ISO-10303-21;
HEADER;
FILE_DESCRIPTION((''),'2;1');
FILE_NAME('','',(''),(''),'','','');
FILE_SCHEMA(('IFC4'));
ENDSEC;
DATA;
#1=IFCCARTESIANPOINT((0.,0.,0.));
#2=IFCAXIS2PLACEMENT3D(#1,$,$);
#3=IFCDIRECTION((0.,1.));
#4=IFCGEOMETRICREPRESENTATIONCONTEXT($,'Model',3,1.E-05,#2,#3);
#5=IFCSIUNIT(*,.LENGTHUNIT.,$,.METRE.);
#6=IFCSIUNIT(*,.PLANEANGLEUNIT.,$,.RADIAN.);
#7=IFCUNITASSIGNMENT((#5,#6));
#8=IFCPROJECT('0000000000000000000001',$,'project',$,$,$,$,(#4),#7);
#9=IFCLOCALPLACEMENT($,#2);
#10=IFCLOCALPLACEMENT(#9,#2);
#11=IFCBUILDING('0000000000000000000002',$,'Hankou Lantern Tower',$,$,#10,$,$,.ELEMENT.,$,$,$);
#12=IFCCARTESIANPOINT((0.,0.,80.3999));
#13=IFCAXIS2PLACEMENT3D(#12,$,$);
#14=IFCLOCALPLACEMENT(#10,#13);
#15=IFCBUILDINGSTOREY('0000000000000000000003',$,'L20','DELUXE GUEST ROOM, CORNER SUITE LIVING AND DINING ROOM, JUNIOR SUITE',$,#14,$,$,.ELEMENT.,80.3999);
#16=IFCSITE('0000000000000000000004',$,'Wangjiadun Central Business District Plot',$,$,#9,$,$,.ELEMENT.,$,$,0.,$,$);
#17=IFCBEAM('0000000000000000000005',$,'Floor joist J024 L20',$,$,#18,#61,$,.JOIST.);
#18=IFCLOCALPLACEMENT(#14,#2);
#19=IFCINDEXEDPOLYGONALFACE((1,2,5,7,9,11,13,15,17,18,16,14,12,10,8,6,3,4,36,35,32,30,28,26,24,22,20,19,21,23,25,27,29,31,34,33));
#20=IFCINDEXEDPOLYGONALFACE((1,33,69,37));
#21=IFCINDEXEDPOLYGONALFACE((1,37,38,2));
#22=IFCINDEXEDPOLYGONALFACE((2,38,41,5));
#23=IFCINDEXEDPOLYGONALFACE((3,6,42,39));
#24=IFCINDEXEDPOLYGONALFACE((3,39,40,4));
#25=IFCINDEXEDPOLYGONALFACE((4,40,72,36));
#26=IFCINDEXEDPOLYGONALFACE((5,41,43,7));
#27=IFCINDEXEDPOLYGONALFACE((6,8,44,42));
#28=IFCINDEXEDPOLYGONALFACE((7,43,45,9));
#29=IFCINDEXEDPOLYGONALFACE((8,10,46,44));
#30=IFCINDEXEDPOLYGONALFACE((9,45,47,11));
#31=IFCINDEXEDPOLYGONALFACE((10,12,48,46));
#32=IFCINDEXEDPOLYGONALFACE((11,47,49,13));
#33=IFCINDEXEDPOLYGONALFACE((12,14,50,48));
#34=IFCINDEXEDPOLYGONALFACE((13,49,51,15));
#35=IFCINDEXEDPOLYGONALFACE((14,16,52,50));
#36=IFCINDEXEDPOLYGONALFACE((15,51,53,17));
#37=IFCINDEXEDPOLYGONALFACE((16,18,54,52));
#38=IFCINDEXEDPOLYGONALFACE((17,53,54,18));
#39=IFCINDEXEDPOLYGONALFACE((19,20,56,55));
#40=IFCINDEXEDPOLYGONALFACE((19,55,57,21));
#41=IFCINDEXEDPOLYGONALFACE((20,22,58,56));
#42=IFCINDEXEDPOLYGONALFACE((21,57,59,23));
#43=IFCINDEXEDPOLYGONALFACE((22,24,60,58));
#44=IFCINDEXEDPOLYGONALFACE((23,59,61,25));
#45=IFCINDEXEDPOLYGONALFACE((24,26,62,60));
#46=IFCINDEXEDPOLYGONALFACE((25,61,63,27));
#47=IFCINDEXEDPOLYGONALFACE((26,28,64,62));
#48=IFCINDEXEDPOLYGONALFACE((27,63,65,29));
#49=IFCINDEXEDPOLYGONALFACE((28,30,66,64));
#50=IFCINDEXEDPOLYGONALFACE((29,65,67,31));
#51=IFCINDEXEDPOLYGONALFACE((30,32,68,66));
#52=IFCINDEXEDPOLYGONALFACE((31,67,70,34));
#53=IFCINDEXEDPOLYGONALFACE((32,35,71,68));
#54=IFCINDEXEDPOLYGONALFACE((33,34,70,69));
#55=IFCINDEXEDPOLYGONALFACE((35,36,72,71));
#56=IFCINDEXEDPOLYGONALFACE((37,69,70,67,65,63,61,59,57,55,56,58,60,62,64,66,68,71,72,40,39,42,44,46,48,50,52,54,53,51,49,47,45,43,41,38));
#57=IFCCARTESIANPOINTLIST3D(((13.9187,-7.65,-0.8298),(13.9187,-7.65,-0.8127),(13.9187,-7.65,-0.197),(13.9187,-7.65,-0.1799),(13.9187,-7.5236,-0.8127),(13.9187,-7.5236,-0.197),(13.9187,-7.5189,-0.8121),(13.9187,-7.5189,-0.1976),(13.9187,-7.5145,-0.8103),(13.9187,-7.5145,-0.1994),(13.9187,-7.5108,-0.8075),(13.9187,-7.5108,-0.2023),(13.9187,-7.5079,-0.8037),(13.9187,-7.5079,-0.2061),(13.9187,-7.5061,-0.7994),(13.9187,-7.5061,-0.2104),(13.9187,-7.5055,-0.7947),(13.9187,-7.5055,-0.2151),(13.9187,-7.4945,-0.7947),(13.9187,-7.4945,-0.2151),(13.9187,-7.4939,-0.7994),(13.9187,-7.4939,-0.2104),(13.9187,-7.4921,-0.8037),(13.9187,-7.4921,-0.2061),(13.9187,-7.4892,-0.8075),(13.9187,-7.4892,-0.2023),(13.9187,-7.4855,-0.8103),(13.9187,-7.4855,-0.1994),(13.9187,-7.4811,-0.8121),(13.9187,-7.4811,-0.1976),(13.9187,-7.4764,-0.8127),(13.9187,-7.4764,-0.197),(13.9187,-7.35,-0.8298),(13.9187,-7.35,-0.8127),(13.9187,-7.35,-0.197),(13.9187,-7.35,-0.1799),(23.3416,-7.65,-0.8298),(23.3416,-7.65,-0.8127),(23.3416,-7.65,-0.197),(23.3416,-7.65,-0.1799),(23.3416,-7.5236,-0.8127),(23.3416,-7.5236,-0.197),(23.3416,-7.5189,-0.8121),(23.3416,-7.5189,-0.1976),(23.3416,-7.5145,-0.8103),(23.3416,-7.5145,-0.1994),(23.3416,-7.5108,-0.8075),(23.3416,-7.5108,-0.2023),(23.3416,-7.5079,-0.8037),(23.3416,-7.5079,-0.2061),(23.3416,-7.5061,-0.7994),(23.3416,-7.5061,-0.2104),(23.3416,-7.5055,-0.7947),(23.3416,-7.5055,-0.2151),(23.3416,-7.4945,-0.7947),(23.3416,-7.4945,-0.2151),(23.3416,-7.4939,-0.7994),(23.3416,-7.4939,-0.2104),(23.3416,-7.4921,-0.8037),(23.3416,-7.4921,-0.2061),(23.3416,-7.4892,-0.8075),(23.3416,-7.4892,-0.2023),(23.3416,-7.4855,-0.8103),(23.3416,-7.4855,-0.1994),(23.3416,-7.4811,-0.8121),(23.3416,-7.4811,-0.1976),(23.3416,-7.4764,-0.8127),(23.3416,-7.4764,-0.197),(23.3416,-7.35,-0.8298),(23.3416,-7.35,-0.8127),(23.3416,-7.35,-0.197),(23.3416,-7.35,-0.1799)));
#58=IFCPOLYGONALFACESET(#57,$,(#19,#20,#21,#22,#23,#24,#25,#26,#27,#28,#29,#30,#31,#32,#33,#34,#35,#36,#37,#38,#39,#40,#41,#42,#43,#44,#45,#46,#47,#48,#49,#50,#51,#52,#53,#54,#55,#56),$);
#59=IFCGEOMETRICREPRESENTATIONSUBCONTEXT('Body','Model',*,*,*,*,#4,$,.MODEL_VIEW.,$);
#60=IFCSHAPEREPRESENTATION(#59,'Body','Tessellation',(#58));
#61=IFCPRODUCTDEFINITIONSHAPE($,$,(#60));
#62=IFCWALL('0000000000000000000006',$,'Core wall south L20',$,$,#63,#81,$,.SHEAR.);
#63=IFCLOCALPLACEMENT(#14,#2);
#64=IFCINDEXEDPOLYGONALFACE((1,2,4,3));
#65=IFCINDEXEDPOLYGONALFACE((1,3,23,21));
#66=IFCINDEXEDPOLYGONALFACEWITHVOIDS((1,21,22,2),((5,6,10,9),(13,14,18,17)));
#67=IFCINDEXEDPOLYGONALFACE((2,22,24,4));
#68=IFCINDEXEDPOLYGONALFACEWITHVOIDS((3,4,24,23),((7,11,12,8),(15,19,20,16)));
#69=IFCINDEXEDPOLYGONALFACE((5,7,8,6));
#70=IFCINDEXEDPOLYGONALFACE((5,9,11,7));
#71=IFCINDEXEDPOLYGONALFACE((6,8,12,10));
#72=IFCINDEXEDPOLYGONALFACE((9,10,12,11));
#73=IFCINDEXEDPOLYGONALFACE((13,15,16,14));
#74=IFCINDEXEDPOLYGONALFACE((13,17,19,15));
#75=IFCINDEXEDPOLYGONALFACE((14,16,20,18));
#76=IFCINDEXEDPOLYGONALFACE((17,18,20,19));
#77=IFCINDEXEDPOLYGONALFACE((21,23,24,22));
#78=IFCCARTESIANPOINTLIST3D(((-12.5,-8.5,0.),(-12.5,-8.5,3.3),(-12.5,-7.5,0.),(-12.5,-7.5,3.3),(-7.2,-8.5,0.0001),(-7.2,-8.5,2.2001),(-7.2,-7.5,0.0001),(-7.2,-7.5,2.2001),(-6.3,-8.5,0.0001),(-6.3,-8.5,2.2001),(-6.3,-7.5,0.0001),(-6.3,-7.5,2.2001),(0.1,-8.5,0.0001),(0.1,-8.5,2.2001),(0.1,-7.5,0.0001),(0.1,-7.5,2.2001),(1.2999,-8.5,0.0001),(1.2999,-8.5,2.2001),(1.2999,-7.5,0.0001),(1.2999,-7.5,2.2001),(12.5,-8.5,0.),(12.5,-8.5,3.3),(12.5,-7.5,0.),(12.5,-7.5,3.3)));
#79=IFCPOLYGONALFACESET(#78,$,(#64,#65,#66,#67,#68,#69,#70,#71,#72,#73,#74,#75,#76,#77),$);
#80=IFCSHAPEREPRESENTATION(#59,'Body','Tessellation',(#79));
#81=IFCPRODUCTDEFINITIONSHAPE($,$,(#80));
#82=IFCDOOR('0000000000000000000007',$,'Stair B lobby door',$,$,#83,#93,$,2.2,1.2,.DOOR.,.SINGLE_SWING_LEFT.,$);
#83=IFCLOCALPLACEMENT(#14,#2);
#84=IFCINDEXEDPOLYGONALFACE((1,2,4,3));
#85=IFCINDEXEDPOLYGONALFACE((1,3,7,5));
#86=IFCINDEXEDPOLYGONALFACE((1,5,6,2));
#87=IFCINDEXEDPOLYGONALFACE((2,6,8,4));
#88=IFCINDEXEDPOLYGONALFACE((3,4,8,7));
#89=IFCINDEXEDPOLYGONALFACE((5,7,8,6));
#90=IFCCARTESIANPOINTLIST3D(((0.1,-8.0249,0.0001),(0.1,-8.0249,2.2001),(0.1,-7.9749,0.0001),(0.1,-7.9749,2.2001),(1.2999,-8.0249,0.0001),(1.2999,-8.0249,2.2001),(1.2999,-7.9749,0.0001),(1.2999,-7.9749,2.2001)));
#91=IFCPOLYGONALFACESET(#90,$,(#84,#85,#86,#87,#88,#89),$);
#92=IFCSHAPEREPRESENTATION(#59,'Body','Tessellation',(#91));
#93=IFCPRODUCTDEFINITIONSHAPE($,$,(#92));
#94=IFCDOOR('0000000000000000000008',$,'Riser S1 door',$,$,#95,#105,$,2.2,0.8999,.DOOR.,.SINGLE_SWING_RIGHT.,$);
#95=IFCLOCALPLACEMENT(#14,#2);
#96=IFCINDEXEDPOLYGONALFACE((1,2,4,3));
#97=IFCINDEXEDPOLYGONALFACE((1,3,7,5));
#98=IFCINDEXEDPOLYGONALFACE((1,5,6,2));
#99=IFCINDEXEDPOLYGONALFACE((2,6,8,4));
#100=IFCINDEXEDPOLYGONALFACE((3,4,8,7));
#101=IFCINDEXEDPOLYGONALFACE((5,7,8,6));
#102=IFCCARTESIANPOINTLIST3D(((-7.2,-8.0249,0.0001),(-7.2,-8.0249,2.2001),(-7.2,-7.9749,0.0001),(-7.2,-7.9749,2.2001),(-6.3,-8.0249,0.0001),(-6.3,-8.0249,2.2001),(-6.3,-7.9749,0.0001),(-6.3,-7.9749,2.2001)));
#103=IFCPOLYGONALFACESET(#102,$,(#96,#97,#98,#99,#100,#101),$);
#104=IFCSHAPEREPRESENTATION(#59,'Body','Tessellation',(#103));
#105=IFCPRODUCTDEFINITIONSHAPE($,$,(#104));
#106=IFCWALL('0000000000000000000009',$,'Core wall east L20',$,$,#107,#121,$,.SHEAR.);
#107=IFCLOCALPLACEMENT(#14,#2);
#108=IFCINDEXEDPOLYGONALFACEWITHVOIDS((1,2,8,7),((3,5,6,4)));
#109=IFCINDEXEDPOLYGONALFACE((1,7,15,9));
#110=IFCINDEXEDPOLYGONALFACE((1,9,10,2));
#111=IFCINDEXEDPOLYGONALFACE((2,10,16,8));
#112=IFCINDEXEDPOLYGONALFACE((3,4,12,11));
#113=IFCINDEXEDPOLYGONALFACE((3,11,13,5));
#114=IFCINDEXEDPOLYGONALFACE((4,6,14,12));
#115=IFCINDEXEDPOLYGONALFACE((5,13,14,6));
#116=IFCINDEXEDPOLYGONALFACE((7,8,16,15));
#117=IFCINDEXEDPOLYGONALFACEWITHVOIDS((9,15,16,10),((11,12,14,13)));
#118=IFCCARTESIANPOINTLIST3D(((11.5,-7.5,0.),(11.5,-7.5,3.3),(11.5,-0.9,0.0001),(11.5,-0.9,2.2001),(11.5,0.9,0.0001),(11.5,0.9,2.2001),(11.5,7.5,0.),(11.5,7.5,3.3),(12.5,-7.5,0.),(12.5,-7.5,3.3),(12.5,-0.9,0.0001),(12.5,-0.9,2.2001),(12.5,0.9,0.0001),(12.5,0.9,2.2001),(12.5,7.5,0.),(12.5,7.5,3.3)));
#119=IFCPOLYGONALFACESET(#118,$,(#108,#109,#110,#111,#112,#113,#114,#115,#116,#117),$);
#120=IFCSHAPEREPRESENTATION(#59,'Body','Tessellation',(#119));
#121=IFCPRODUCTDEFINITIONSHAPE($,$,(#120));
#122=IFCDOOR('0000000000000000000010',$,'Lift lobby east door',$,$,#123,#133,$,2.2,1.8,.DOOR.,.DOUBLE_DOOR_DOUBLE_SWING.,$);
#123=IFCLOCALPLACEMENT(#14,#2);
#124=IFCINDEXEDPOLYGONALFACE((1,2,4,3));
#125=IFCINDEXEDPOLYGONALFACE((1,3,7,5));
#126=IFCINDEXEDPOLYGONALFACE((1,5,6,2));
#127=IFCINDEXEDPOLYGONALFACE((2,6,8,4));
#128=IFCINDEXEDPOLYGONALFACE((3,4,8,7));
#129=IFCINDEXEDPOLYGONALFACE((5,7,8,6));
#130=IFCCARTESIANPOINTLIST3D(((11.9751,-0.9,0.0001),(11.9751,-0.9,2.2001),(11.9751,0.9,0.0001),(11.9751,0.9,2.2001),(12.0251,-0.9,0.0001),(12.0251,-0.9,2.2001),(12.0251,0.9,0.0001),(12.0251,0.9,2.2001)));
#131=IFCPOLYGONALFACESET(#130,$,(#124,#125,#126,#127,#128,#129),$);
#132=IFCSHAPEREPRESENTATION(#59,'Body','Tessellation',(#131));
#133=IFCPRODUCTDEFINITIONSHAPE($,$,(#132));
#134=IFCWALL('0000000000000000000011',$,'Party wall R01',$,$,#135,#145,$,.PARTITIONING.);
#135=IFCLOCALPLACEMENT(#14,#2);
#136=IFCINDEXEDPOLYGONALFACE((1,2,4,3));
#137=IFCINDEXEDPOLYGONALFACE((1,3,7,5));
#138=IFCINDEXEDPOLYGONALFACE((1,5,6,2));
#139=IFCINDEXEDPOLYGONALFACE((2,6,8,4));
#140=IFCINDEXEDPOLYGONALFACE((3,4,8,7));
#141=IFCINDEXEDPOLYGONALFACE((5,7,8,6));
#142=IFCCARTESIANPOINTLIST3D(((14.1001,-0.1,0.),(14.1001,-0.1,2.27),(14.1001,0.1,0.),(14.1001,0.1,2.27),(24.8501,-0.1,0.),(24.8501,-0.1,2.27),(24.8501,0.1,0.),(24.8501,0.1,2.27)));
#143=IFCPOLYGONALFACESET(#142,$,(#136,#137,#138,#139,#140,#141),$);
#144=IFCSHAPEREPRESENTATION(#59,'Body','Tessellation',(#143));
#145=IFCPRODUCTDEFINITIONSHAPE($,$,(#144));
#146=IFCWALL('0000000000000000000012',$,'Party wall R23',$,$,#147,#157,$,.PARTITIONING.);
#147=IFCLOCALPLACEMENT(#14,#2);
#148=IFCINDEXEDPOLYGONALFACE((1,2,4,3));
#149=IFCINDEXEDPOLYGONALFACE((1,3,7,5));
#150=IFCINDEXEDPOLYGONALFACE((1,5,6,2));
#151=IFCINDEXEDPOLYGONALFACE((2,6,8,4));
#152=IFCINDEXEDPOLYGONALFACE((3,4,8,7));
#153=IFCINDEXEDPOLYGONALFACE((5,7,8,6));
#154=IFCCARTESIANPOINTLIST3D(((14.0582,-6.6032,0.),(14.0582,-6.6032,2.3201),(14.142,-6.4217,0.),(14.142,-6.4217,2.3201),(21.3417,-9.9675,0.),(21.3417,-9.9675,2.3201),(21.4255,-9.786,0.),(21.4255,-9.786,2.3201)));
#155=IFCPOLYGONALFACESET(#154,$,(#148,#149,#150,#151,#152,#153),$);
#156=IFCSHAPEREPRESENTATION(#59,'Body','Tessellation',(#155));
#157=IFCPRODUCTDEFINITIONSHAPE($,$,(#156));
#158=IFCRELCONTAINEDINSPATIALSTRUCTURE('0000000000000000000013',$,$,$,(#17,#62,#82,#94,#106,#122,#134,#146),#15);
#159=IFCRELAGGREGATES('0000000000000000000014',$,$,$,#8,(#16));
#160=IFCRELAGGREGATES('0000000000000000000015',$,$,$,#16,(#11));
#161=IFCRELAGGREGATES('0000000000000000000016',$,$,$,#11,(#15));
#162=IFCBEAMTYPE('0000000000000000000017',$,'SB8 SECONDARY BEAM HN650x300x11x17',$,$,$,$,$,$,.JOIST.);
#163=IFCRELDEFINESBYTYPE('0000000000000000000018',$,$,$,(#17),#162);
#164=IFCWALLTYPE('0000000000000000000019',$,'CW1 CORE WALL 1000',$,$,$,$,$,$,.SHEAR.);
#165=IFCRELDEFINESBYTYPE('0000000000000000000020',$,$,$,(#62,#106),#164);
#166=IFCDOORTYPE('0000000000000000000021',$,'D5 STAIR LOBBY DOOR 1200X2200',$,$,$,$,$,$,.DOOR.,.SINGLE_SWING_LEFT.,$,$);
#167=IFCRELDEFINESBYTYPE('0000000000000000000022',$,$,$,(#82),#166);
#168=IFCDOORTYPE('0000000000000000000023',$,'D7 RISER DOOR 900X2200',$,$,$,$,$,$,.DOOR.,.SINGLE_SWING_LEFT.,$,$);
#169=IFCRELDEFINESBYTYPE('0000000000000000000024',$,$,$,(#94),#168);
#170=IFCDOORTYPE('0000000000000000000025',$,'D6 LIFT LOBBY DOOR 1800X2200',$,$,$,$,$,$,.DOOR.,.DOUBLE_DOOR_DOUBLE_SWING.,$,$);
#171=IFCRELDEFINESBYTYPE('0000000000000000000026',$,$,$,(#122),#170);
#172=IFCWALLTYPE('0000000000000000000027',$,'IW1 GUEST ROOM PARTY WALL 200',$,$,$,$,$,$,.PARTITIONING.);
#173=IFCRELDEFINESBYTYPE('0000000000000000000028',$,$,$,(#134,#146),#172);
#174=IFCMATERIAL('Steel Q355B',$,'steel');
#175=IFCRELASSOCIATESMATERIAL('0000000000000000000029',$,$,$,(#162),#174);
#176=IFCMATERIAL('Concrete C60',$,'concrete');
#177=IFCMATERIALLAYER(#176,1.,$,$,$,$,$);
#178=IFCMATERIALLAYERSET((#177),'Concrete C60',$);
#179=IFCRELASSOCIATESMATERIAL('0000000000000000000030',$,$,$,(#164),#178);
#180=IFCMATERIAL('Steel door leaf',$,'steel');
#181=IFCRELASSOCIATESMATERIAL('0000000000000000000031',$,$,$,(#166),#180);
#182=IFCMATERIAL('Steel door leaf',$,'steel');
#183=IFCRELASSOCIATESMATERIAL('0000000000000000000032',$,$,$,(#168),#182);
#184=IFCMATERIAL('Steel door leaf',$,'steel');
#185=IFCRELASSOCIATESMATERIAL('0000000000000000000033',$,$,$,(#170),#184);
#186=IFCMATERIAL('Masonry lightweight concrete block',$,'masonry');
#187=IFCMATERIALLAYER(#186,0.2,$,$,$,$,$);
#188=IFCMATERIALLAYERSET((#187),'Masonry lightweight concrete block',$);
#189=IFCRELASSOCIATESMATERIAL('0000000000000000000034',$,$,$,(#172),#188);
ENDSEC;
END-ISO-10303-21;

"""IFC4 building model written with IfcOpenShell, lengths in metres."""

from ifc_helpers import new_model, si_unit, direction, frame, frame_2d, origin, origin_2d, place, context, subcontext, project, spatial, rectangle, i_section, extrude, material, layer, layer_set, material_profile, profile_set, type_object, element, fill, save


model = new_model("IFC4")

# Units and contexts
model_context = context("Model", 3, precision=1e-05, world=origin(), true_north=direction((0.0, 1.0)))
body_context = subcontext(model_context, "Body", "Model", "MODEL_VIEW")
ifc_project = project(units=[si_unit("LENGTHUNIT", "METRE"), si_unit("PLANEANGLEUNIT", "RADIAN")], contexts=[model_context])

# Site, building, storey
site_placement = place(None, origin())
site = spatial("IfcSite", under=ifc_project, at=site_placement, Name="Wangjiadun Central Business District Plot", CompositionType="ELEMENT", RefElevation=0.0)
building_placement = place(site_placement, origin())
building = spatial("IfcBuilding", under=site, at=building_placement, Name="Hankou Lantern Tower", CompositionType="ELEMENT")
storey_placement = place(building_placement, frame((0.0, 0.0, 80.3999)))
storey = spatial("IfcBuildingStorey", under=building, at=storey_placement, Name="L20", Description="DELUXE GUEST ROOM, CORNER SUITE LIVING AND DINING ROOM, JUNIOR SUITE", CompositionType="ELEMENT", Elevation=80.3999)

# Beam
ifc_material_1 = material(Name="Steel Q355B", Category="steel")
ifc_material_profile_1 = material_profile(ifc_material_1, i_section(OverallWidth=0.3, OverallDepth=0.6499, WebThickness=0.011, FlangeThickness=0.0171, FilletRadius=0.0181, at=origin_2d()), Name="HN650x300x11x17")
ifc_profile_set_1 = profile_set([ifc_material_profile_1], Name="Steel Q355B")
beam_type_1 = type_object("IfcBeamType", Name="SB8 SECONDARY BEAM HN650x300x11x17", PredefinedType="JOIST", material=ifc_profile_set_1)
beam_1_placement = place(storey_placement, frame((13.9187, -7.5, -0.5049), z_axis=(1.0, 0.0, 0.0), x_axis=(0.0, 1.0, 0.0)))
element("IfcBeam", 1, at=beam_1_placement, inside=storey, type_object=beam_type_1, Name="Floor joist J024 L20", PredefinedType="JOIST", context=body_context, shape_type="SweptSolid", body=[
    extrude(i_section(OverallWidth=0.3, OverallDepth=0.6499, WebThickness=0.011, FlangeThickness=0.0171, FilletRadius=0.0181, at=origin_2d()), origin(), (0.0, 0.0, 1.0), 9.4229),
])

# Wall, openings, doors
ifc_material_2 = material(Name="Concrete C60", Category="concrete")
ifc_layer_1 = layer(ifc_material_2, 1.0)
ifc_layer_set_1 = layer_set([ifc_layer_1], Name="Concrete C60")
wall_type_1 = type_object("IfcWallType", Name="CW1 CORE WALL 1000", PredefinedType="SHEAR", material=ifc_layer_set_1)
wall_1_placement = place(storey_placement, frame((12.5, -8.0, 0.0), z_axis=(0.0, 0.0, 1.0), x_axis=(-1.0, 0.0, 0.0)))
wall_1 = element("IfcWall", 2, at=wall_1_placement, inside=storey, type_object=wall_type_1, Name="Core wall south L20", PredefinedType="SHEAR", context=body_context, shape_type="SweptSolid", body=[
    extrude(rectangle(XDim=25.0, YDim=1.0, at=frame_2d((12.5, 0.0))), origin(), (0.0, 0.0, 1.0), 3.3),
])
opening_1_placement = place(wall_1_placement, frame((11.2, 0.0, 0.0)))
opening_1 = element("IfcOpeningElement", 3, at=opening_1_placement, cuts=wall_1, PredefinedType="OPENING", context=body_context, shape_type="SweptSolid", body=[
    extrude(rectangle(XDim=1.2, YDim=2.2, at=frame_2d((0.6001, 1.1001))), frame((0.0, 0.51, 0.0), z_axis=(0.0, -1.0, 0.0), x_axis=(1.0, 0.0, 0.0)), (0.0, 0.0, 1.0), 1.02),
])
opening_2_placement = place(wall_1_placement, frame((18.8, 0.0, 0.0)))
opening_2 = element("IfcOpeningElement", 4, at=opening_2_placement, cuts=wall_1, PredefinedType="OPENING", context=body_context, shape_type="SweptSolid", body=[
    extrude(rectangle(XDim=0.8999, YDim=2.2, at=frame_2d((0.45, 1.1001))), frame((0.0, 0.51, 0.0), z_axis=(0.0, -1.0, 0.0), x_axis=(1.0, 0.0, 0.0)), (0.0, 0.0, 1.0), 1.02),
])
ifc_material_3 = material(Name="Steel door leaf", Category="steel")
door_type_1 = type_object("IfcDoorType", Name="D5 STAIR LOBBY DOOR 1200X2200", OperationType="SINGLE_SWING_LEFT", PredefinedType="DOOR", material=ifc_material_3)
door_1_placement = place(opening_1_placement, origin())
door_1 = element("IfcDoor", 5, at=door_1_placement, inside=storey, type_object=door_type_1, Name="Stair B lobby door", OperationType="SINGLE_SWING_LEFT", OverallHeight=2.2, OverallWidth=1.2, PredefinedType="DOOR", context=body_context, shape_type="SweptSolid", body=[
    extrude(rectangle(XDim=1.2, YDim=2.2, at=frame_2d((0.6001, 1.1001))), frame((0.0, 0.0249, 0.0), z_axis=(0.0, -1.0, 0.0), x_axis=(1.0, 0.0, 0.0)), (0.0, 0.0, 1.0), 0.05),
])
fill(opening_1, door_1)
ifc_material_4 = material(Name="Steel door leaf", Category="steel")
door_type_2 = type_object("IfcDoorType", Name="D7 RISER DOOR 900X2200", OperationType="SINGLE_SWING_LEFT", PredefinedType="DOOR", material=ifc_material_4)
door_2_placement = place(opening_2_placement, origin())
door_2 = element("IfcDoor", 6, at=door_2_placement, inside=storey, type_object=door_type_2, Name="Riser S1 door", OperationType="SINGLE_SWING_RIGHT", OverallHeight=2.2, OverallWidth=0.8999, PredefinedType="DOOR", context=body_context, shape_type="SweptSolid", body=[
    extrude(rectangle(XDim=0.8999, YDim=2.2, at=frame_2d((0.45, 1.1001))), frame((0.0, 0.0249, 0.0), z_axis=(0.0, -1.0, 0.0), x_axis=(1.0, 0.0, 0.0)), (0.0, 0.0, 1.0), 0.05),
])
fill(opening_2, door_2)

# Wall, opening, door
wall_2_placement = place(storey_placement, frame((12.0, -7.5, 0.0), z_axis=(0.0, 0.0, 1.0), x_axis=(0.0, 1.0, 0.0)))
wall_2 = element("IfcWall", 7, at=wall_2_placement, inside=storey, type_object=wall_type_1, Name="Core wall east L20", PredefinedType="SHEAR", context=body_context, shape_type="SweptSolid", body=[
    extrude(rectangle(XDim=15.0, YDim=1.0, at=frame_2d((7.5, 0.0))), origin(), (0.0, 0.0, 1.0), 3.3),
])
opening_3_placement = place(wall_2_placement, frame((6.6001, 0.0, 0.0)))
opening_3 = element("IfcOpeningElement", 8, at=opening_3_placement, cuts=wall_2, PredefinedType="OPENING", context=body_context, shape_type="SweptSolid", body=[
    extrude(rectangle(XDim=1.8, YDim=2.2, at=frame_2d((0.8999, 1.1001))), frame((0.0, 0.51, 0.0), z_axis=(0.0, -1.0, 0.0), x_axis=(1.0, 0.0, 0.0)), (0.0, 0.0, 1.0), 1.02),
])
ifc_material_5 = material(Name="Steel door leaf", Category="steel")
door_type_3 = type_object("IfcDoorType", Name="D6 LIFT LOBBY DOOR 1800X2200", OperationType="DOUBLE_DOOR_DOUBLE_SWING", PredefinedType="DOOR", material=ifc_material_5)
door_3_placement = place(opening_3_placement, origin())
door_3 = element("IfcDoor", 9, at=door_3_placement, inside=storey, type_object=door_type_3, Name="Lift lobby east door", OperationType="DOUBLE_DOOR_DOUBLE_SWING", OverallHeight=2.2, OverallWidth=1.8, PredefinedType="DOOR", context=body_context, shape_type="SweptSolid", body=[
    extrude(rectangle(XDim=1.8, YDim=2.2, at=frame_2d((0.8999, 1.1001))), frame((0.0, 0.0249, 0.0), z_axis=(0.0, -1.0, 0.0), x_axis=(1.0, 0.0, 0.0)), (0.0, 0.0, 1.0), 0.05),
])
fill(opening_3, door_3)

# Walls
ifc_material_6 = material(Name="Masonry lightweight concrete block", Category="masonry")
ifc_layer_2 = layer(ifc_material_6, 0.2)
ifc_layer_set_2 = layer_set([ifc_layer_2], Name="Masonry lightweight concrete block")
wall_type_2 = type_object("IfcWallType", Name="IW1 GUEST ROOM PARTY WALL 200", PredefinedType="PARTITIONING", material=ifc_layer_set_2)
wall_3_placement = place(storey_placement, frame((14.1001, 0.0, 0.0), z_axis=(0.0, 0.0, 1.0), x_axis=(1.0, 0.0, 0.0)))
element("IfcWall", 10, at=wall_3_placement, inside=storey, type_object=wall_type_2, Name="Party wall R01", PredefinedType="PARTITIONING", context=body_context, shape_type="SweptSolid", body=[
    extrude(rectangle(XDim=10.75, YDim=0.2, at=frame_2d((5.375, 0.0))), origin(), (0.0, 0.0, 1.0), 2.27),
])
wall_4_placement = place(storey_placement, frame((14.1001, -6.5125, 0.0), z_axis=(0.0, 0.0, 1.0), x_axis=(0.907833, -0.419332, 0.0)))
element("IfcWall", 11, at=wall_4_placement, inside=storey, type_object=wall_type_2, Name="Party wall R23", PredefinedType="PARTITIONING", context=body_context, shape_type="SweptSolid", body=[
    extrude(rectangle(XDim=8.0229, YDim=0.2, at=frame_2d((4.0115, 0.0))), origin(), (0.0, 0.0, 1.0), 2.3201),
])

save(model, "model.ifc")
